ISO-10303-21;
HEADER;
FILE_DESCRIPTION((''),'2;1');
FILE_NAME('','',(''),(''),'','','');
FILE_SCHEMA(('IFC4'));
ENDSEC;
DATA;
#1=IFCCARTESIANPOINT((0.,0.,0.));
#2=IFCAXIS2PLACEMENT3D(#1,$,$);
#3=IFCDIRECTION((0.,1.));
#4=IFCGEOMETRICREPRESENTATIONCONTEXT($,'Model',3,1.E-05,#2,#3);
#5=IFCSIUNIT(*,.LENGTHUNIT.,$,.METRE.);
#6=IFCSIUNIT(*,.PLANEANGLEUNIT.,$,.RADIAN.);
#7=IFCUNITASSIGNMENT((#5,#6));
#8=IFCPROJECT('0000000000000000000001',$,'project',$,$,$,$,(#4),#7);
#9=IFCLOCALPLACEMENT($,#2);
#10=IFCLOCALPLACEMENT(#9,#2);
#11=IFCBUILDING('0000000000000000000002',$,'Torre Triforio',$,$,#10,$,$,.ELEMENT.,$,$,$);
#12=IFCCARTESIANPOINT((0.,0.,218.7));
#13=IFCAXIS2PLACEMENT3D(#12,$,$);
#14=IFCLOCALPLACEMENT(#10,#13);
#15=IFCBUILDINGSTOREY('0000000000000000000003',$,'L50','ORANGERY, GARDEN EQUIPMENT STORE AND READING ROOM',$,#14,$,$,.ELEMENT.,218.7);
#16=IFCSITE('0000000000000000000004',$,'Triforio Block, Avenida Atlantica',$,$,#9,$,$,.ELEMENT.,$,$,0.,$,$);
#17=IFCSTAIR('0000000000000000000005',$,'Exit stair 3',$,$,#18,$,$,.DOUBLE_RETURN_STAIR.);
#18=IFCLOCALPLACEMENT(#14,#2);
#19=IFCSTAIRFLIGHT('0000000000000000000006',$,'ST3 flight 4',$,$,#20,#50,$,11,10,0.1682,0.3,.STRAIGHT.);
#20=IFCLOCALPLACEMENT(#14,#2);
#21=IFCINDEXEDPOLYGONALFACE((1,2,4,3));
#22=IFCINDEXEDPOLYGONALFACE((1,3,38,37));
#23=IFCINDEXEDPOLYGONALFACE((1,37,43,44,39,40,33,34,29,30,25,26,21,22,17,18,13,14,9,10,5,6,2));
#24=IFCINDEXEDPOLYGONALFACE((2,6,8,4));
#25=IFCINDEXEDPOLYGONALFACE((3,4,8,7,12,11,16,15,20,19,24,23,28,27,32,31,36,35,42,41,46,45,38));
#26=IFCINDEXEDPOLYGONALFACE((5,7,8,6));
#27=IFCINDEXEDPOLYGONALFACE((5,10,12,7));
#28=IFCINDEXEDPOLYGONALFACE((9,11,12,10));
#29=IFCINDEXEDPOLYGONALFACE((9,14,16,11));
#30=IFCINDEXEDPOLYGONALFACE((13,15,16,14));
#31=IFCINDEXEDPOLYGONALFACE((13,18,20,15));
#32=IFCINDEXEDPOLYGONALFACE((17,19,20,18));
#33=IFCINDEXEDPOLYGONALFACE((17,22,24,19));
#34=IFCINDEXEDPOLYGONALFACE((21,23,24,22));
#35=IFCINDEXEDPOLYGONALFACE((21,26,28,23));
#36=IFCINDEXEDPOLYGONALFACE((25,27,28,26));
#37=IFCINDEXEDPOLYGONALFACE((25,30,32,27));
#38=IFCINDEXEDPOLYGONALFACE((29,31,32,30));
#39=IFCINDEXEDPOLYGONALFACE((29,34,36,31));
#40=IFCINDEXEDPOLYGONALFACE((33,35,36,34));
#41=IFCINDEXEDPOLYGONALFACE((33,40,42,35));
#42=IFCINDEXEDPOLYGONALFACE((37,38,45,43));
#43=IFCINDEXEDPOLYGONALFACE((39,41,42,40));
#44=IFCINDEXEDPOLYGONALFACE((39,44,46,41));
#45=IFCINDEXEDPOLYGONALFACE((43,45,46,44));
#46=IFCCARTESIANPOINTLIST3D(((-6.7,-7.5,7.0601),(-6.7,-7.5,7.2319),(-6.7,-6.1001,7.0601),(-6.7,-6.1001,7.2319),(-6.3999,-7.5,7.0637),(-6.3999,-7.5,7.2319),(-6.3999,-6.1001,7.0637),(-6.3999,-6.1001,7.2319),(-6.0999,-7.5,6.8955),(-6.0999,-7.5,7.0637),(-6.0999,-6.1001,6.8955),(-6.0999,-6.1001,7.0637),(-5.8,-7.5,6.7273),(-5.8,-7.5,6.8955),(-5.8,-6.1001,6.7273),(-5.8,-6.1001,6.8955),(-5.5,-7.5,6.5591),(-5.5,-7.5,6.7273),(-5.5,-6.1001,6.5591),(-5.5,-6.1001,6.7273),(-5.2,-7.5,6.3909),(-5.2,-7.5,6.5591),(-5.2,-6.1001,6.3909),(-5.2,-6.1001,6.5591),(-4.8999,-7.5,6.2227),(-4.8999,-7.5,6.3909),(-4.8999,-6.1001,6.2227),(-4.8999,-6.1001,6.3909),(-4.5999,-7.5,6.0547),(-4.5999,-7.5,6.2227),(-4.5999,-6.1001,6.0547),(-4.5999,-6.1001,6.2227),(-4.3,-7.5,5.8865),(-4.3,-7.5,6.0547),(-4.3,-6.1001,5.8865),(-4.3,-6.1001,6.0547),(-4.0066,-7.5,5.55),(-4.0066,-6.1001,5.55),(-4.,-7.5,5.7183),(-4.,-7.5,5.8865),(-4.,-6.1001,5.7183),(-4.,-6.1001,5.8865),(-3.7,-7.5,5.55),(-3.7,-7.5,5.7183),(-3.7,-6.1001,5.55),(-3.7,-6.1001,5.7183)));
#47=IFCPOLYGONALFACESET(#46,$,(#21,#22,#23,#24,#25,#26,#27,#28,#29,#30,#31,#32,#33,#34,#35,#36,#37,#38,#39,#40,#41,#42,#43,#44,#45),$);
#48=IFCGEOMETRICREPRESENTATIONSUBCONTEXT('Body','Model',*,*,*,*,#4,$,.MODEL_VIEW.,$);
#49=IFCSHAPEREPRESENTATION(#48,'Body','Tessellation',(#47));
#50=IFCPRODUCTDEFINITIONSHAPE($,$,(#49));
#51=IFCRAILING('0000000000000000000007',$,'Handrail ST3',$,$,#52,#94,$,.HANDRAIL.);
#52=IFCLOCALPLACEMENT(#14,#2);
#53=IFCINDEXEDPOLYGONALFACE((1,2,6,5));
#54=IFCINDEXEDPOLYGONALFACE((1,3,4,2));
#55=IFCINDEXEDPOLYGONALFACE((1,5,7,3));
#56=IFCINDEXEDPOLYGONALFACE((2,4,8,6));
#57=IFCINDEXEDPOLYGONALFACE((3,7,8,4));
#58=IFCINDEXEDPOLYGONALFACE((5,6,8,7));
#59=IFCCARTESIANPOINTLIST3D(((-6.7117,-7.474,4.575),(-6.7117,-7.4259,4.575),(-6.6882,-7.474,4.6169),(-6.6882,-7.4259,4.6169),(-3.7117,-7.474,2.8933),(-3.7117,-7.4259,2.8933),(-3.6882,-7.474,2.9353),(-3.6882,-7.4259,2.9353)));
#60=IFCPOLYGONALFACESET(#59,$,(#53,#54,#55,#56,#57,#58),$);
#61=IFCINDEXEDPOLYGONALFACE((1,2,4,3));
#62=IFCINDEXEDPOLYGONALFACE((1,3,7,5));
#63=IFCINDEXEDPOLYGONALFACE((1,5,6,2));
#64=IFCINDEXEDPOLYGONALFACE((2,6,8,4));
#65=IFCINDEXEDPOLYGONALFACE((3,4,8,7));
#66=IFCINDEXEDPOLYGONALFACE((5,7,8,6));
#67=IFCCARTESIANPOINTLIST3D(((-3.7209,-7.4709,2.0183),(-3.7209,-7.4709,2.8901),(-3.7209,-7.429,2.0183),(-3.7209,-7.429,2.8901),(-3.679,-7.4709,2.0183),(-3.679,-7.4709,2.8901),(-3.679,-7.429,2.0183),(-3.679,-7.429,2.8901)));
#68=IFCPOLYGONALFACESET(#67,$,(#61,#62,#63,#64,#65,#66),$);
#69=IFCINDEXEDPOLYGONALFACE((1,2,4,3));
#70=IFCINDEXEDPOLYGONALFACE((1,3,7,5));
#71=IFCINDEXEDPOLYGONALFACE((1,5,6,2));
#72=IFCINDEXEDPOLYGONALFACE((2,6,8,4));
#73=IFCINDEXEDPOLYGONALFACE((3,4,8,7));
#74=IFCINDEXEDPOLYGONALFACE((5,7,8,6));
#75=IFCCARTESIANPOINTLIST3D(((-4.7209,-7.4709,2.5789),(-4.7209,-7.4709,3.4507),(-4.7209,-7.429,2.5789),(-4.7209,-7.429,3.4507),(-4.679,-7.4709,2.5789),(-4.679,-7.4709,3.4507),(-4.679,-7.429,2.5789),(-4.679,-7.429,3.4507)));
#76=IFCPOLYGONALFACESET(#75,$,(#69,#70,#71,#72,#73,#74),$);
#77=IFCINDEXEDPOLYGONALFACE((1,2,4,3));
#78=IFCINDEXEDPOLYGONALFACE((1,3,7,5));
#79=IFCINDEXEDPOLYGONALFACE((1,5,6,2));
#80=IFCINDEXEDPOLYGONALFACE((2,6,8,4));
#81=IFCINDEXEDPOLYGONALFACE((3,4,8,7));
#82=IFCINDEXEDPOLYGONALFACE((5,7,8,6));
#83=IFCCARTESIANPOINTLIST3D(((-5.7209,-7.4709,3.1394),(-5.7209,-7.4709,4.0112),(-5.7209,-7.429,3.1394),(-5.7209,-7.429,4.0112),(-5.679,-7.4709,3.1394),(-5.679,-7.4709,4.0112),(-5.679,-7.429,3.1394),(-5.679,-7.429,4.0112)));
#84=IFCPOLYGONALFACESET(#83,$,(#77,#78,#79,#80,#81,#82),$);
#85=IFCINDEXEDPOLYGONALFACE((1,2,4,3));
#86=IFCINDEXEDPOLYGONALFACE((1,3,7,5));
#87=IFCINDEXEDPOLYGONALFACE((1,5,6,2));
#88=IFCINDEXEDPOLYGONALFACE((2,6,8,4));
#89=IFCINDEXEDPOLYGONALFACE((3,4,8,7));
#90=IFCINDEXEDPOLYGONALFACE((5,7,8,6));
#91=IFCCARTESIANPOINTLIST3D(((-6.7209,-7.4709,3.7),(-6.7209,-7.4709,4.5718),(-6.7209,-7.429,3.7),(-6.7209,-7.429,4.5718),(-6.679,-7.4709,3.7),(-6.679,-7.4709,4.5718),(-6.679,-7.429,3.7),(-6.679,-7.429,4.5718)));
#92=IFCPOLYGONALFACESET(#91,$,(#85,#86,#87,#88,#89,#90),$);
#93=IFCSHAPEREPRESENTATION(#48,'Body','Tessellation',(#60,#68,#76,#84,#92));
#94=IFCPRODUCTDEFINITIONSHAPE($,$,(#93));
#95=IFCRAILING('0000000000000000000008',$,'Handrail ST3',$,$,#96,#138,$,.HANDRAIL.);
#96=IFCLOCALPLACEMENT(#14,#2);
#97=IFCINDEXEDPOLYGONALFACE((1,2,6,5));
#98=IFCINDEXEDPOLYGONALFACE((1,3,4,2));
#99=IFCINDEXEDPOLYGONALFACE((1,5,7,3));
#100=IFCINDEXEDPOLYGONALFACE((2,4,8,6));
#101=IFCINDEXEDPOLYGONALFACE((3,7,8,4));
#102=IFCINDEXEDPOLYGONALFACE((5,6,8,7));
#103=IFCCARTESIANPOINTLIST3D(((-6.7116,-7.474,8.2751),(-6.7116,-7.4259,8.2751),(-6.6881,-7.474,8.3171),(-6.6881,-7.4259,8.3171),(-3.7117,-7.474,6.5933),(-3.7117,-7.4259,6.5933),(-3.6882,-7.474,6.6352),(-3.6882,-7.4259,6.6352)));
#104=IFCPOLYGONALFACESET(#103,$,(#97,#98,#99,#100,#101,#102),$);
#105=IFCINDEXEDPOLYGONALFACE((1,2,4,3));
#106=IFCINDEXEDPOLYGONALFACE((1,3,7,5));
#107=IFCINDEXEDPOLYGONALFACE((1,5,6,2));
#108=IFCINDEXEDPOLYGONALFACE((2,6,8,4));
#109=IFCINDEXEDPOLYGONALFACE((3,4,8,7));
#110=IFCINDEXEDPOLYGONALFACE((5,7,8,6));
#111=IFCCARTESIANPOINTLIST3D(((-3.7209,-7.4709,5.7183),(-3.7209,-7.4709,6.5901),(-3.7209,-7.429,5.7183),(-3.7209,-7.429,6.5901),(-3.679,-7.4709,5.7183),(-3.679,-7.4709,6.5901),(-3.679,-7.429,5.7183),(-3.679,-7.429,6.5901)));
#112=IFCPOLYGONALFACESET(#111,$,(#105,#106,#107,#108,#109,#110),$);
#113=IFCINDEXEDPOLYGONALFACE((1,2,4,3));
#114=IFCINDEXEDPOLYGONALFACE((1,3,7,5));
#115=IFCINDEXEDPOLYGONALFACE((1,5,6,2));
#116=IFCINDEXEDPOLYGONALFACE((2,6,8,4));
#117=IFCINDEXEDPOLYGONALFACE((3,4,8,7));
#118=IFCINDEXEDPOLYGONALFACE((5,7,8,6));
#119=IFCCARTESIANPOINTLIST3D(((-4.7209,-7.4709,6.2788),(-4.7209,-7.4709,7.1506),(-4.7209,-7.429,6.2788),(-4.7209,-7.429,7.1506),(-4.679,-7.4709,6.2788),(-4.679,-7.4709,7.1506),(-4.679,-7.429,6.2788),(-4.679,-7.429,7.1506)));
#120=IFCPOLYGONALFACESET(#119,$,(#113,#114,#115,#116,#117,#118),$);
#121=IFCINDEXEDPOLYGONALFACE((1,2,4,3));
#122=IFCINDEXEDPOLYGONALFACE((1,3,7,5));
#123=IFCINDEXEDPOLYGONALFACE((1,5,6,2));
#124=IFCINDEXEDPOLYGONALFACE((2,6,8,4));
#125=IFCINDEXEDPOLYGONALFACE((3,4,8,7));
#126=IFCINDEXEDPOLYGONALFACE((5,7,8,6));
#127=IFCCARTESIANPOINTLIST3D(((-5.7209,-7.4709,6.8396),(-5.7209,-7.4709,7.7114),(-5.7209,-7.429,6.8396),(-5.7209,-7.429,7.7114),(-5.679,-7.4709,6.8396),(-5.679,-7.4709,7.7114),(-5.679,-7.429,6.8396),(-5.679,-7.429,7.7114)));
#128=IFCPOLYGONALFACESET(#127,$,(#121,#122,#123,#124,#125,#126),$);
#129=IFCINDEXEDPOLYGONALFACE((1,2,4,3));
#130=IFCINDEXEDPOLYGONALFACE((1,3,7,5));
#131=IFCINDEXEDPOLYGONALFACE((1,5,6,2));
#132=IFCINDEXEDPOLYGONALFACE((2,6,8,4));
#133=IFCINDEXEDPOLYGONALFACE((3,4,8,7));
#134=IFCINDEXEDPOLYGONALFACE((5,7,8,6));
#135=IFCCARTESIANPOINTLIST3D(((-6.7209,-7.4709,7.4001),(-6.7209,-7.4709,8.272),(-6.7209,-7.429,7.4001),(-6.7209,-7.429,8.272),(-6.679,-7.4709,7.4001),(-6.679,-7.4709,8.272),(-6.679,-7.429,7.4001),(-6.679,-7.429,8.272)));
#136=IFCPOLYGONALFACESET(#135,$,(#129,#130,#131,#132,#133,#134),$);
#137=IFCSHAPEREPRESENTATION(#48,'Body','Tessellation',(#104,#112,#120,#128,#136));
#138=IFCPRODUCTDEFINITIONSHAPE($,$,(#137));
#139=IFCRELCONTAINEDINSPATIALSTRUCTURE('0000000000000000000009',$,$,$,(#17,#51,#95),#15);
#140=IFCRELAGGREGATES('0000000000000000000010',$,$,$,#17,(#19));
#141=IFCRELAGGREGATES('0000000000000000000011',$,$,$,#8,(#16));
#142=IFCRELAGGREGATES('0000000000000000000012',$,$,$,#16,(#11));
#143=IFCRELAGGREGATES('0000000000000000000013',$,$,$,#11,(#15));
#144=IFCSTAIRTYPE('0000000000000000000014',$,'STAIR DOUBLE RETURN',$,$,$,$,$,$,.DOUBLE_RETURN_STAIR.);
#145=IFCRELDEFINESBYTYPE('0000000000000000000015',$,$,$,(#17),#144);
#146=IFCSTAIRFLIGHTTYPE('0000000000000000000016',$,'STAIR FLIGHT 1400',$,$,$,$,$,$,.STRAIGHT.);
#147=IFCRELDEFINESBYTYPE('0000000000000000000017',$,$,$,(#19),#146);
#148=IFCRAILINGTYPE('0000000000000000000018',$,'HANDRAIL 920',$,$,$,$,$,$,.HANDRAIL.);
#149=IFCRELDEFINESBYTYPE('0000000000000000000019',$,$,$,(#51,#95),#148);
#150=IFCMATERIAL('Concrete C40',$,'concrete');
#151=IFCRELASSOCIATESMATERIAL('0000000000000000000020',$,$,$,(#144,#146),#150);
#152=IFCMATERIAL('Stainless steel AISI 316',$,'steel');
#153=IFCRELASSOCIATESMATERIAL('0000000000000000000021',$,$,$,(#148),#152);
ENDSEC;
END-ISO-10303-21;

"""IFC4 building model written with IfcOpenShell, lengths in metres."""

from ifc_helpers import new_model, si_unit, direction, frame, origin, origin_2d, place, context, subcontext, project, spatial, polyline, rectangle, outline, extrude, material, type_object, element, aggregate, save


model = new_model("IFC4")

# Units and contexts
model_context = context("Model", 3, precision=1e-05, world=origin(), true_north=direction((0.0, 1.0)))
body_context = subcontext(model_context, "Body", "Model", "MODEL_VIEW")
ifc_project = project(units=[si_unit("LENGTHUNIT", "METRE"), si_unit("PLANEANGLEUNIT", "RADIAN")], contexts=[model_context])

# Site, building, storey
site_placement = place(None, origin())
site = spatial("IfcSite", under=ifc_project, at=site_placement, Name="Triforio Block, Avenida Atlantica", CompositionType="ELEMENT", RefElevation=0.0)
building_placement = place(site_placement, origin())
building = spatial("IfcBuilding", under=site, at=building_placement, Name="Torre Triforio", CompositionType="ELEMENT")
storey_placement = place(building_placement, frame((0.0, 0.0, 218.7)))
storey = spatial("IfcBuildingStorey", under=building, at=storey_placement, Name="L50", Description="ORANGERY, GARDEN EQUIPMENT STORE AND READING ROOM", CompositionType="ELEMENT", Elevation=218.7)

# Shared definitions
ifc_material_1 = material(Name="Concrete C40", Category="concrete")

# Stair, stair flight
stair_type = type_object("IfcStairType", Name="STAIR DOUBLE RETURN", PredefinedType="DOUBLE_RETURN_STAIR", material=ifc_material_1)
stair_placement = place(storey_placement, origin())
stair = element("IfcStair", 1, at=stair_placement, inside=storey, type_object=stair_type, Name="Exit stair 3", PredefinedType="DOUBLE_RETURN_STAIR")
stair_flight_type = type_object("IfcStairFlightType", Name="STAIR FLIGHT 1400", PredefinedType="STRAIGHT", material=ifc_material_1)
stair_flight_1_placement = place(storey_placement, frame((-3.7, -6.8, 5.55), z_axis=(0.0, 0.0, 1.0), x_axis=(-1.0, 0.0, 0.0)))
stair_flight_1 = element("IfcStairFlight", 2, at=stair_flight_1_placement, type_object=stair_flight_type, Name="ST3 flight 4", NumberOfRisers=11, NumberOfTreads=10, PredefinedType="STRAIGHT", RiserHeight=0.1682, TreadLength=0.3, context=body_context, shape_type="SweptSolid", body=[
    extrude(outline(polyline([(0.0, 0.0), (0.0, 0.1682), (0.3, 0.1682), (0.3, 0.3364), (0.6001, 0.3364), (0.6001, 0.5046), (0.8999, 0.5046), (0.8999, 0.6726), (1.2, 0.6726), (1.2, 0.8408), (1.5, 0.8408), (1.5, 1.009), (1.8, 1.009), (1.8, 1.1772), (2.1001, 1.1772), (2.1001, 1.3455), (2.3999, 1.3455), (2.3999, 1.5137), (2.7, 1.5137), (2.7, 1.6819), (3.0, 1.6819), (3.0, 1.8501), (3.0, 1.51), (0.3066, 0.0), (0.0, 0.0)])), frame((0.0, 0.7, 0.0), z_axis=(0.0, -1.0, 0.0), x_axis=(1.0, 0.0, 0.0)), (0.0, 0.0, 1.0), 1.3999),
])
aggregate(stair, [stair_flight_1])

# Railings
ifc_material_2 = material(Name="Stainless steel AISI 316", Category="steel")
railing_type = type_object("IfcRailingType", Name="HANDRAIL 920", PredefinedType="HANDRAIL", material=ifc_material_2)
railing_1_placement = place(storey_placement, frame((-3.7, -7.45, 2.0183)))
element("IfcRailing", 3, at=railing_1_placement, inside=storey, type_object=railing_type, Name="Handrail ST3", PredefinedType="HANDRAIL", context=body_context, shape_type="SweptSolid", body=[
    extrude(rectangle(XDim=0.0481, YDim=0.0481, at=origin_2d()), frame((0.0, 0.0, 0.896), z_axis=(-0.872303, 0.0, 0.488966), x_axis=(0.0, -1.0, 0.0)), (0.0, 0.0, 1.0), 3.4392),
    extrude(rectangle(XDim=0.042, YDim=0.042, at=origin_2d()), origin(), (0.0, 0.0, 1.0), 0.8718),
    extrude(rectangle(XDim=0.042, YDim=0.042, at=origin_2d()), frame((-1.0, 0.0, 0.5605)), (0.0, 0.0, 1.0), 0.8718),
    extrude(rectangle(XDim=0.042, YDim=0.042, at=origin_2d()), frame((-2.0, 0.0, 1.1211)), (0.0, 0.0, 1.0), 0.8718),
    extrude(rectangle(XDim=0.042, YDim=0.042, at=origin_2d()), frame((-3.0, 0.0, 1.6816)), (0.0, 0.0, 1.0), 0.8718),
])
railing_2_placement = place(storey_placement, frame((-3.7, -7.45, 5.7183)))
element("IfcRailing", 4, at=railing_2_placement, inside=storey, type_object=railing_type, Name="Handrail ST3", PredefinedType="HANDRAIL", context=body_context, shape_type="SweptSolid", body=[
    extrude(rectangle(XDim=0.0481, YDim=0.0481, at=origin_2d()), frame((0.0, 0.0, 0.896), z_axis=(-0.872272, 0.0, 0.48902), x_axis=(0.0, -1.0, 0.0)), (0.0, 0.0, 1.0), 3.4392),
    extrude(rectangle(XDim=0.042, YDim=0.042, at=origin_2d()), origin(), (0.0, 0.0, 1.0), 0.8718),
    extrude(rectangle(XDim=0.042, YDim=0.042, at=origin_2d()), frame((-1.0, 0.0, 0.5605)), (0.0, 0.0, 1.0), 0.8718),
    extrude(rectangle(XDim=0.042, YDim=0.042, at=origin_2d()), frame((-2.0, 0.0, 1.1213)), (0.0, 0.0, 1.0), 0.8718),
    extrude(rectangle(XDim=0.042, YDim=0.042, at=origin_2d()), frame((-3.0, 0.0, 1.6819)), (0.0, 0.0, 1.0), 0.8718),
])

save(model, "model.ifc")
